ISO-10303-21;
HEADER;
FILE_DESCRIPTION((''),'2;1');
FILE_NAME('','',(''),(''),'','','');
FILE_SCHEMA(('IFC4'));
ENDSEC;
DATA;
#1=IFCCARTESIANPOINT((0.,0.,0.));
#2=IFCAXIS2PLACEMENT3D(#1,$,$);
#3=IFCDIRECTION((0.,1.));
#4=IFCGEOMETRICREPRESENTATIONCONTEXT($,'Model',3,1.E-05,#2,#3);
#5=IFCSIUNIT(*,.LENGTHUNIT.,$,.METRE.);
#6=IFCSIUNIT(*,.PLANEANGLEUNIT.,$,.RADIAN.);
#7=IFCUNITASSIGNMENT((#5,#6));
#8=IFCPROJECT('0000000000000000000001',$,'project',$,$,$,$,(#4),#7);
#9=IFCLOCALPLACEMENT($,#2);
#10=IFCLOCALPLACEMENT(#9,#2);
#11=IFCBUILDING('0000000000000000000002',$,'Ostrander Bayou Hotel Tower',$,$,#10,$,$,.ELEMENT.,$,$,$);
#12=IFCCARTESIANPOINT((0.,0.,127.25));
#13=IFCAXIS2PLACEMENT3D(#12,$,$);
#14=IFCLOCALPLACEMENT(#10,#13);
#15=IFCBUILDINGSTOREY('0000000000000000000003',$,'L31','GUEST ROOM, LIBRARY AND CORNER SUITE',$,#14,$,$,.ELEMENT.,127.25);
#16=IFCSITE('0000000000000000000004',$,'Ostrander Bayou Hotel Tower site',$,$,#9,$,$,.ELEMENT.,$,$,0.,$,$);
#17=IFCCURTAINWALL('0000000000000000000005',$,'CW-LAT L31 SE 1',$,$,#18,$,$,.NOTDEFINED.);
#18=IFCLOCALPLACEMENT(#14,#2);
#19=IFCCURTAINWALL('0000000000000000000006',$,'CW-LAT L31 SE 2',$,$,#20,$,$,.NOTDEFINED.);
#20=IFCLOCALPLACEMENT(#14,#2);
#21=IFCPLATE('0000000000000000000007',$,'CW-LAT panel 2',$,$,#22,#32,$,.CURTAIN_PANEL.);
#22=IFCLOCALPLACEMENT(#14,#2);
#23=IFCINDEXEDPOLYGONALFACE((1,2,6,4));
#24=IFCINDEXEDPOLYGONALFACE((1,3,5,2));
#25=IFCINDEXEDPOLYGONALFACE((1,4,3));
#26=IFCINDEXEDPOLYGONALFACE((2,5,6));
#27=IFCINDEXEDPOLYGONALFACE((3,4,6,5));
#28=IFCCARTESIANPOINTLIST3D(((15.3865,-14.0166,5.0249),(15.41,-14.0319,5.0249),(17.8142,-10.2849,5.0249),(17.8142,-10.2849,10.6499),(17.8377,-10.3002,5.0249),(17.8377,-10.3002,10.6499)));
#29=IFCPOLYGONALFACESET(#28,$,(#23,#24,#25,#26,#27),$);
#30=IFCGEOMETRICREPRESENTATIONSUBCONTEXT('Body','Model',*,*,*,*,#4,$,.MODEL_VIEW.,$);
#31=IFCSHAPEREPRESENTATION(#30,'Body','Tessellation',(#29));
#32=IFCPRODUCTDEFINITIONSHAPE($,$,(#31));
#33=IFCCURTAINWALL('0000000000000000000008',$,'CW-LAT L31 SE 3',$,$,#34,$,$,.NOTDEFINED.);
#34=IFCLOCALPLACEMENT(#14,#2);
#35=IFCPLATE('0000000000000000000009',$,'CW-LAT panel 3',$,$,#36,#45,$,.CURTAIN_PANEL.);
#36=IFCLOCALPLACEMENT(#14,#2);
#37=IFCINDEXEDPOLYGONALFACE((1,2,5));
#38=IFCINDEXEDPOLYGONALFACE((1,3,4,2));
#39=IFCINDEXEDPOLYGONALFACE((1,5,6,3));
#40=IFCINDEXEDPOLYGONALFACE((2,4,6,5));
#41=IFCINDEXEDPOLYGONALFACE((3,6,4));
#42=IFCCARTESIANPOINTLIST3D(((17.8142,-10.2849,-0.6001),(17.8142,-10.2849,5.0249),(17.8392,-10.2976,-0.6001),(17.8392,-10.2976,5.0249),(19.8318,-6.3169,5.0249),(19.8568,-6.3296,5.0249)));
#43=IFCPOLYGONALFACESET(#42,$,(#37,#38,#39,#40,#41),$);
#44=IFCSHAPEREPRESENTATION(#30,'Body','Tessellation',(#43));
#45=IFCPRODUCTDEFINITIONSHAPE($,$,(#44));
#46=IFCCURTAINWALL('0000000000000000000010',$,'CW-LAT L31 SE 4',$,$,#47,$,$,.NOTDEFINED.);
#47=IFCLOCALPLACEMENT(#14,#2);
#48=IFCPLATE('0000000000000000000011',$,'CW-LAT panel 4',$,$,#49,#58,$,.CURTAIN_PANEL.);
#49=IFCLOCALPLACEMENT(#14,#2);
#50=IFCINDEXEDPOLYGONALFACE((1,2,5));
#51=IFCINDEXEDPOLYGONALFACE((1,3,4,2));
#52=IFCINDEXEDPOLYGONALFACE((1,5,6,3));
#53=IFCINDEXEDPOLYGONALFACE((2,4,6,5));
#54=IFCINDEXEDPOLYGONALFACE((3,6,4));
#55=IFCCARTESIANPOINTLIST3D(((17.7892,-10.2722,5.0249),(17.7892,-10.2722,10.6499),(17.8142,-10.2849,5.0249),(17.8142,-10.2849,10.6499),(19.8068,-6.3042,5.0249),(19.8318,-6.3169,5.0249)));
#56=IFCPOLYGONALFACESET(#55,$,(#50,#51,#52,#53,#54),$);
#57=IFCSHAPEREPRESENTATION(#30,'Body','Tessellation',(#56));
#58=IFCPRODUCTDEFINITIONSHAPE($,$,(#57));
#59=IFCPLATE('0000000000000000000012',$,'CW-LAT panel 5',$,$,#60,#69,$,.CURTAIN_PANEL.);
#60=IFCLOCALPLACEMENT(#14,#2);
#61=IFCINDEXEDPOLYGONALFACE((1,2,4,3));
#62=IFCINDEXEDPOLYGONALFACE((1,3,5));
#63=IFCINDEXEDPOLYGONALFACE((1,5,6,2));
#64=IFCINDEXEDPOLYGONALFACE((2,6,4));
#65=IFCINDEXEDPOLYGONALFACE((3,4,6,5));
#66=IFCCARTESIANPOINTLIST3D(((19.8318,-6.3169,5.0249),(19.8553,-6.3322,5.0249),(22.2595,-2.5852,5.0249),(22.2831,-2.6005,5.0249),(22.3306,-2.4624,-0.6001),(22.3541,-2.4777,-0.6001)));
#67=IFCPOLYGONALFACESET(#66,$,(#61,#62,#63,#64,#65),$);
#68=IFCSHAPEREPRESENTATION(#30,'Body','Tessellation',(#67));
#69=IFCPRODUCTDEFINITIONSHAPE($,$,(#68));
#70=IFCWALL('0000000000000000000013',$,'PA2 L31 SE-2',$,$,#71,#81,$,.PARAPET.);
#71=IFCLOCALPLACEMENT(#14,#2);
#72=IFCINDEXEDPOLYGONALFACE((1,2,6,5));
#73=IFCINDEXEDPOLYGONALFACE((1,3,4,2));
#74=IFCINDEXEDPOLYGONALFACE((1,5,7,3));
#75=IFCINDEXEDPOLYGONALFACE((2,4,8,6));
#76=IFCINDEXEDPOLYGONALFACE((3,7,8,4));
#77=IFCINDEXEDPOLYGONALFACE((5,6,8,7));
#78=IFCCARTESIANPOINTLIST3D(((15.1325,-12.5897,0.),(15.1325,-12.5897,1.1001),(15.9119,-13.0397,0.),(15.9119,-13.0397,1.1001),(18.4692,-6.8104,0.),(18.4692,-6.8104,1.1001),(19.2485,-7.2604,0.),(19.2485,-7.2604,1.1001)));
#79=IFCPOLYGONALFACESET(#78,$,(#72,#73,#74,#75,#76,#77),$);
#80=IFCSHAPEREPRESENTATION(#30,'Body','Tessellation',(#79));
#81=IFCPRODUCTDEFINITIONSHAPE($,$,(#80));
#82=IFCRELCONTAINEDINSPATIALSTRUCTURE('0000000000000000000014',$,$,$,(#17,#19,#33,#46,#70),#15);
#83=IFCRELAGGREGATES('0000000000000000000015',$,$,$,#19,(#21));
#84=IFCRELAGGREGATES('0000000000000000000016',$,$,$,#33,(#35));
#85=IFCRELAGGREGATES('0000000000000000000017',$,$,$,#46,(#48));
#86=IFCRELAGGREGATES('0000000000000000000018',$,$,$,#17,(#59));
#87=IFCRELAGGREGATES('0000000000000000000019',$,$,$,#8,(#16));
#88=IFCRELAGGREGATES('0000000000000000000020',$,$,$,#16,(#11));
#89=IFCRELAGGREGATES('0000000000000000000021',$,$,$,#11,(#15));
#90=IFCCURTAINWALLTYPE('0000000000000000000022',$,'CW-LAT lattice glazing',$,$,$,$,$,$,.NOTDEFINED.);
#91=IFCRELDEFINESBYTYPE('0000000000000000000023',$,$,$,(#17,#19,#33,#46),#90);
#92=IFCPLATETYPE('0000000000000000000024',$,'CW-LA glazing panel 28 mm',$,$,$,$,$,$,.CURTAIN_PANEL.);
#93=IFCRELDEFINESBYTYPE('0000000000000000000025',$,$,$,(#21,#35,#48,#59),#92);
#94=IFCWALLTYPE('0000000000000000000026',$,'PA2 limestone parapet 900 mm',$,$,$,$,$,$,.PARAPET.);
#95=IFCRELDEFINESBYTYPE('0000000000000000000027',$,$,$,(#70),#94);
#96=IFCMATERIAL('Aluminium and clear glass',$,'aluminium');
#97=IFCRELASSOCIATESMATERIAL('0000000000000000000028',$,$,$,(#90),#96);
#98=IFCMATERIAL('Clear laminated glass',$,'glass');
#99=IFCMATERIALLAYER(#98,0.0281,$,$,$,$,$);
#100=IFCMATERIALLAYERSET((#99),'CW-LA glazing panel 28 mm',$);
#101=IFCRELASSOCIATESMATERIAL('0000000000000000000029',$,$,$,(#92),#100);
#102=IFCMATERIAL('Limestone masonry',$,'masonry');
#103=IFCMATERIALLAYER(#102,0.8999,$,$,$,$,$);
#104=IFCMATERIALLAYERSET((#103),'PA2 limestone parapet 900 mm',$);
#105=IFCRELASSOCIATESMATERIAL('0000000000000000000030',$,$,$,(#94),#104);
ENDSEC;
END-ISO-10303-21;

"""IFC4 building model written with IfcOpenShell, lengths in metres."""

from ifc_helpers import new_model, si_unit, direction, frame, frame_2d, origin, place, context, subcontext, project, spatial, polyline, rectangle, outline, extrude, material, layer, layer_set, type_object, element, aggregate, save


model = new_model("IFC4")

# Units and contexts
model_context = context("Model", 3, precision=1e-05, world=origin(), true_north=direction((0.0, 1.0)))
body_context = subcontext(model_context, "Body", "Model", "MODEL_VIEW")
ifc_project = project(units=[si_unit("LENGTHUNIT", "METRE"), si_unit("PLANEANGLEUNIT", "RADIAN")], contexts=[model_context])

# Site, building, storey
site_placement = place(None, origin())
site = spatial("IfcSite", under=ifc_project, at=site_placement, Name="Ostrander Bayou Hotel Tower site", CompositionType="ELEMENT", RefElevation=0.0)
building_placement = place(site_placement, origin())
building = spatial("IfcBuilding", under=site, at=building_placement, Name="Ostrander Bayou Hotel Tower", CompositionType="ELEMENT")
storey_placement = place(building_placement, frame((0.0, 0.0, 127.25)))
storey = spatial("IfcBuildingStorey", under=building, at=storey_placement, Name="L31", Description="GUEST ROOM, LIBRARY AND CORNER SUITE", CompositionType="ELEMENT", Elevation=127.25)

# Curtain walls
ifc_material_1 = material(Name="Aluminium and clear glass", Category="aluminium")
curtain_wall_type = type_object("IfcCurtainWallType", Name="CW-LAT lattice glazing", PredefinedType="NOTDEFINED", material=ifc_material_1)
curtain_wall_1_placement = place(storey_placement, origin())
curtain_wall_1 = element("IfcCurtainWall", 1, at=curtain_wall_1_placement, inside=storey, type_object=curtain_wall_type, Name="CW-LAT L31 SE 1", PredefinedType="NOTDEFINED")
curtain_wall_2_placement = place(storey_placement, origin())
curtain_wall_2 = element("IfcCurtainWall", 2, at=curtain_wall_2_placement, inside=storey, type_object=curtain_wall_type, Name="CW-LAT L31 SE 2", PredefinedType="NOTDEFINED")

# Plate
ifc_material_2 = material(Name="Clear laminated glass", Category="glass")
ifc_layer_1 = layer(ifc_material_2, 0.0281)
ifc_layer_set_1 = layer_set([ifc_layer_1], Name="CW-LA glazing panel 28 mm")
plate_type = type_object("IfcPlateType", Name="CW-LA glazing panel 28 mm", PredefinedType="CURTAIN_PANEL", material=ifc_layer_set_1)
plate_1_placement = place(storey_placement, frame((15.3865, -14.0166, 5.0249), z_axis=(-0.838224, 0.545326, 0.0), x_axis=(0.338428, 0.5202, 0.784129)))
plate_1 = element("IfcPlate", 3, at=plate_1_placement, type_object=plate_type, Name="CW-LAT panel 2", PredefinedType="CURTAIN_PANEL", context=body_context, shape_type="SweptSolid", body=[
    extrude(outline(polyline([(0.0, 0.0), (7.1736, 0.0), (2.7628, 3.4909), (0.0, 0.0)])), origin(), (0.0, 0.0, -1.0), 0.0281),
])
aggregate(curtain_wall_2, [plate_1])

# Curtain walls, plates
curtain_wall_3_placement = place(storey_placement, origin())
curtain_wall_3 = element("IfcCurtainWall", 4, at=curtain_wall_3_placement, inside=storey, type_object=curtain_wall_type, Name="CW-LAT L31 SE 3", PredefinedType="NOTDEFINED")
plate_2_placement = place(storey_placement, frame((19.8318, -6.3169, 5.0249), z_axis=(-0.89139, 0.453236, 0.0), x_axis=(-0.281262, -0.553164, -0.784157)))
plate_2 = element("IfcPlate", 5, at=plate_2_placement, type_object=plate_type, Name="CW-LAT panel 3", PredefinedType="CURTAIN_PANEL", context=body_context, shape_type="SweptSolid", body=[
    extrude(outline(polyline([(0.0, 0.0), (7.1733, 0.0), (2.7624, 3.4907), (0.0, 0.0)])), origin(), (0.0, 0.0, -1.0), 0.0281),
])
aggregate(curtain_wall_3, [plate_2])
curtain_wall_4_placement = place(storey_placement, origin())
curtain_wall_4 = element("IfcCurtainWall", 6, at=curtain_wall_4_placement, inside=storey, type_object=curtain_wall_type, Name="CW-LAT L31 SE 4", PredefinedType="NOTDEFINED")
plate_3_placement = place(storey_placement, frame((19.8318, -6.3169, 5.0249), z_axis=(0.89139, -0.453236, 0.0), x_axis=(-0.281262, -0.553164, 0.784157)))
plate_3 = element("IfcPlate", 7, at=plate_3_placement, type_object=plate_type, Name="CW-LAT panel 4", PredefinedType="CURTAIN_PANEL", context=body_context, shape_type="SweptSolid", body=[
    extrude(outline(polyline([(0.0, 0.0), (7.1733, 0.0), (2.7624, 3.4907), (0.0, 0.0)])), origin(), (0.0, 0.0, -1.0), 0.0281),
])
aggregate(curtain_wall_4, [plate_3])

# Plate
plate_4_placement = place(storey_placement, frame((19.8318, -6.3169, 5.0249), z_axis=(-0.838224, 0.545325, 0.001318), x_axis=(0.344073, 0.53075, -0.774543)))
plate_4 = element("IfcPlate", 8, at=plate_4_placement, type_object=plate_type, Name="CW-LAT panel 5", PredefinedType="CURTAIN_PANEL", context=body_context, shape_type="SweptSolid", body=[
    extrude(outline(polyline([(0.0, 0.0), (7.2623, 0.0), (2.8159, -3.4482), (0.0, 0.0)])), origin(), (0.0, 0.0, -1.0), 0.0281),
])
aggregate(curtain_wall_1, [plate_4])

# Wall
ifc_material_3 = material(Name="Limestone masonry", Category="masonry")
ifc_layer_2 = layer(ifc_material_3, 0.8999)
ifc_layer_set_2 = layer_set([ifc_layer_2], Name="PA2 limestone parapet 900 mm")
wall_type = type_object("IfcWallType", Name="PA2 limestone parapet 900 mm", PredefinedType="PARAPET", material=ifc_layer_set_2)
wall_placement = place(storey_placement, frame((15.5222, -12.8147, 0.0), z_axis=(0.0, 0.0, 1.0), x_axis=(0.499999, 0.866026, 0.0)))
element("IfcWall", 9, at=wall_placement, inside=storey, type_object=wall_type, Name="PA2 L31 SE-2", PredefinedType="PARAPET", context=body_context, shape_type="SweptSolid", body=[
    extrude(rectangle(XDim=6.6733, YDim=0.8999, at=frame_2d((3.3367, 0.0))), origin(), (0.0, 0.0, 1.0), 1.1001),
])

save(model, "model.ifc")
